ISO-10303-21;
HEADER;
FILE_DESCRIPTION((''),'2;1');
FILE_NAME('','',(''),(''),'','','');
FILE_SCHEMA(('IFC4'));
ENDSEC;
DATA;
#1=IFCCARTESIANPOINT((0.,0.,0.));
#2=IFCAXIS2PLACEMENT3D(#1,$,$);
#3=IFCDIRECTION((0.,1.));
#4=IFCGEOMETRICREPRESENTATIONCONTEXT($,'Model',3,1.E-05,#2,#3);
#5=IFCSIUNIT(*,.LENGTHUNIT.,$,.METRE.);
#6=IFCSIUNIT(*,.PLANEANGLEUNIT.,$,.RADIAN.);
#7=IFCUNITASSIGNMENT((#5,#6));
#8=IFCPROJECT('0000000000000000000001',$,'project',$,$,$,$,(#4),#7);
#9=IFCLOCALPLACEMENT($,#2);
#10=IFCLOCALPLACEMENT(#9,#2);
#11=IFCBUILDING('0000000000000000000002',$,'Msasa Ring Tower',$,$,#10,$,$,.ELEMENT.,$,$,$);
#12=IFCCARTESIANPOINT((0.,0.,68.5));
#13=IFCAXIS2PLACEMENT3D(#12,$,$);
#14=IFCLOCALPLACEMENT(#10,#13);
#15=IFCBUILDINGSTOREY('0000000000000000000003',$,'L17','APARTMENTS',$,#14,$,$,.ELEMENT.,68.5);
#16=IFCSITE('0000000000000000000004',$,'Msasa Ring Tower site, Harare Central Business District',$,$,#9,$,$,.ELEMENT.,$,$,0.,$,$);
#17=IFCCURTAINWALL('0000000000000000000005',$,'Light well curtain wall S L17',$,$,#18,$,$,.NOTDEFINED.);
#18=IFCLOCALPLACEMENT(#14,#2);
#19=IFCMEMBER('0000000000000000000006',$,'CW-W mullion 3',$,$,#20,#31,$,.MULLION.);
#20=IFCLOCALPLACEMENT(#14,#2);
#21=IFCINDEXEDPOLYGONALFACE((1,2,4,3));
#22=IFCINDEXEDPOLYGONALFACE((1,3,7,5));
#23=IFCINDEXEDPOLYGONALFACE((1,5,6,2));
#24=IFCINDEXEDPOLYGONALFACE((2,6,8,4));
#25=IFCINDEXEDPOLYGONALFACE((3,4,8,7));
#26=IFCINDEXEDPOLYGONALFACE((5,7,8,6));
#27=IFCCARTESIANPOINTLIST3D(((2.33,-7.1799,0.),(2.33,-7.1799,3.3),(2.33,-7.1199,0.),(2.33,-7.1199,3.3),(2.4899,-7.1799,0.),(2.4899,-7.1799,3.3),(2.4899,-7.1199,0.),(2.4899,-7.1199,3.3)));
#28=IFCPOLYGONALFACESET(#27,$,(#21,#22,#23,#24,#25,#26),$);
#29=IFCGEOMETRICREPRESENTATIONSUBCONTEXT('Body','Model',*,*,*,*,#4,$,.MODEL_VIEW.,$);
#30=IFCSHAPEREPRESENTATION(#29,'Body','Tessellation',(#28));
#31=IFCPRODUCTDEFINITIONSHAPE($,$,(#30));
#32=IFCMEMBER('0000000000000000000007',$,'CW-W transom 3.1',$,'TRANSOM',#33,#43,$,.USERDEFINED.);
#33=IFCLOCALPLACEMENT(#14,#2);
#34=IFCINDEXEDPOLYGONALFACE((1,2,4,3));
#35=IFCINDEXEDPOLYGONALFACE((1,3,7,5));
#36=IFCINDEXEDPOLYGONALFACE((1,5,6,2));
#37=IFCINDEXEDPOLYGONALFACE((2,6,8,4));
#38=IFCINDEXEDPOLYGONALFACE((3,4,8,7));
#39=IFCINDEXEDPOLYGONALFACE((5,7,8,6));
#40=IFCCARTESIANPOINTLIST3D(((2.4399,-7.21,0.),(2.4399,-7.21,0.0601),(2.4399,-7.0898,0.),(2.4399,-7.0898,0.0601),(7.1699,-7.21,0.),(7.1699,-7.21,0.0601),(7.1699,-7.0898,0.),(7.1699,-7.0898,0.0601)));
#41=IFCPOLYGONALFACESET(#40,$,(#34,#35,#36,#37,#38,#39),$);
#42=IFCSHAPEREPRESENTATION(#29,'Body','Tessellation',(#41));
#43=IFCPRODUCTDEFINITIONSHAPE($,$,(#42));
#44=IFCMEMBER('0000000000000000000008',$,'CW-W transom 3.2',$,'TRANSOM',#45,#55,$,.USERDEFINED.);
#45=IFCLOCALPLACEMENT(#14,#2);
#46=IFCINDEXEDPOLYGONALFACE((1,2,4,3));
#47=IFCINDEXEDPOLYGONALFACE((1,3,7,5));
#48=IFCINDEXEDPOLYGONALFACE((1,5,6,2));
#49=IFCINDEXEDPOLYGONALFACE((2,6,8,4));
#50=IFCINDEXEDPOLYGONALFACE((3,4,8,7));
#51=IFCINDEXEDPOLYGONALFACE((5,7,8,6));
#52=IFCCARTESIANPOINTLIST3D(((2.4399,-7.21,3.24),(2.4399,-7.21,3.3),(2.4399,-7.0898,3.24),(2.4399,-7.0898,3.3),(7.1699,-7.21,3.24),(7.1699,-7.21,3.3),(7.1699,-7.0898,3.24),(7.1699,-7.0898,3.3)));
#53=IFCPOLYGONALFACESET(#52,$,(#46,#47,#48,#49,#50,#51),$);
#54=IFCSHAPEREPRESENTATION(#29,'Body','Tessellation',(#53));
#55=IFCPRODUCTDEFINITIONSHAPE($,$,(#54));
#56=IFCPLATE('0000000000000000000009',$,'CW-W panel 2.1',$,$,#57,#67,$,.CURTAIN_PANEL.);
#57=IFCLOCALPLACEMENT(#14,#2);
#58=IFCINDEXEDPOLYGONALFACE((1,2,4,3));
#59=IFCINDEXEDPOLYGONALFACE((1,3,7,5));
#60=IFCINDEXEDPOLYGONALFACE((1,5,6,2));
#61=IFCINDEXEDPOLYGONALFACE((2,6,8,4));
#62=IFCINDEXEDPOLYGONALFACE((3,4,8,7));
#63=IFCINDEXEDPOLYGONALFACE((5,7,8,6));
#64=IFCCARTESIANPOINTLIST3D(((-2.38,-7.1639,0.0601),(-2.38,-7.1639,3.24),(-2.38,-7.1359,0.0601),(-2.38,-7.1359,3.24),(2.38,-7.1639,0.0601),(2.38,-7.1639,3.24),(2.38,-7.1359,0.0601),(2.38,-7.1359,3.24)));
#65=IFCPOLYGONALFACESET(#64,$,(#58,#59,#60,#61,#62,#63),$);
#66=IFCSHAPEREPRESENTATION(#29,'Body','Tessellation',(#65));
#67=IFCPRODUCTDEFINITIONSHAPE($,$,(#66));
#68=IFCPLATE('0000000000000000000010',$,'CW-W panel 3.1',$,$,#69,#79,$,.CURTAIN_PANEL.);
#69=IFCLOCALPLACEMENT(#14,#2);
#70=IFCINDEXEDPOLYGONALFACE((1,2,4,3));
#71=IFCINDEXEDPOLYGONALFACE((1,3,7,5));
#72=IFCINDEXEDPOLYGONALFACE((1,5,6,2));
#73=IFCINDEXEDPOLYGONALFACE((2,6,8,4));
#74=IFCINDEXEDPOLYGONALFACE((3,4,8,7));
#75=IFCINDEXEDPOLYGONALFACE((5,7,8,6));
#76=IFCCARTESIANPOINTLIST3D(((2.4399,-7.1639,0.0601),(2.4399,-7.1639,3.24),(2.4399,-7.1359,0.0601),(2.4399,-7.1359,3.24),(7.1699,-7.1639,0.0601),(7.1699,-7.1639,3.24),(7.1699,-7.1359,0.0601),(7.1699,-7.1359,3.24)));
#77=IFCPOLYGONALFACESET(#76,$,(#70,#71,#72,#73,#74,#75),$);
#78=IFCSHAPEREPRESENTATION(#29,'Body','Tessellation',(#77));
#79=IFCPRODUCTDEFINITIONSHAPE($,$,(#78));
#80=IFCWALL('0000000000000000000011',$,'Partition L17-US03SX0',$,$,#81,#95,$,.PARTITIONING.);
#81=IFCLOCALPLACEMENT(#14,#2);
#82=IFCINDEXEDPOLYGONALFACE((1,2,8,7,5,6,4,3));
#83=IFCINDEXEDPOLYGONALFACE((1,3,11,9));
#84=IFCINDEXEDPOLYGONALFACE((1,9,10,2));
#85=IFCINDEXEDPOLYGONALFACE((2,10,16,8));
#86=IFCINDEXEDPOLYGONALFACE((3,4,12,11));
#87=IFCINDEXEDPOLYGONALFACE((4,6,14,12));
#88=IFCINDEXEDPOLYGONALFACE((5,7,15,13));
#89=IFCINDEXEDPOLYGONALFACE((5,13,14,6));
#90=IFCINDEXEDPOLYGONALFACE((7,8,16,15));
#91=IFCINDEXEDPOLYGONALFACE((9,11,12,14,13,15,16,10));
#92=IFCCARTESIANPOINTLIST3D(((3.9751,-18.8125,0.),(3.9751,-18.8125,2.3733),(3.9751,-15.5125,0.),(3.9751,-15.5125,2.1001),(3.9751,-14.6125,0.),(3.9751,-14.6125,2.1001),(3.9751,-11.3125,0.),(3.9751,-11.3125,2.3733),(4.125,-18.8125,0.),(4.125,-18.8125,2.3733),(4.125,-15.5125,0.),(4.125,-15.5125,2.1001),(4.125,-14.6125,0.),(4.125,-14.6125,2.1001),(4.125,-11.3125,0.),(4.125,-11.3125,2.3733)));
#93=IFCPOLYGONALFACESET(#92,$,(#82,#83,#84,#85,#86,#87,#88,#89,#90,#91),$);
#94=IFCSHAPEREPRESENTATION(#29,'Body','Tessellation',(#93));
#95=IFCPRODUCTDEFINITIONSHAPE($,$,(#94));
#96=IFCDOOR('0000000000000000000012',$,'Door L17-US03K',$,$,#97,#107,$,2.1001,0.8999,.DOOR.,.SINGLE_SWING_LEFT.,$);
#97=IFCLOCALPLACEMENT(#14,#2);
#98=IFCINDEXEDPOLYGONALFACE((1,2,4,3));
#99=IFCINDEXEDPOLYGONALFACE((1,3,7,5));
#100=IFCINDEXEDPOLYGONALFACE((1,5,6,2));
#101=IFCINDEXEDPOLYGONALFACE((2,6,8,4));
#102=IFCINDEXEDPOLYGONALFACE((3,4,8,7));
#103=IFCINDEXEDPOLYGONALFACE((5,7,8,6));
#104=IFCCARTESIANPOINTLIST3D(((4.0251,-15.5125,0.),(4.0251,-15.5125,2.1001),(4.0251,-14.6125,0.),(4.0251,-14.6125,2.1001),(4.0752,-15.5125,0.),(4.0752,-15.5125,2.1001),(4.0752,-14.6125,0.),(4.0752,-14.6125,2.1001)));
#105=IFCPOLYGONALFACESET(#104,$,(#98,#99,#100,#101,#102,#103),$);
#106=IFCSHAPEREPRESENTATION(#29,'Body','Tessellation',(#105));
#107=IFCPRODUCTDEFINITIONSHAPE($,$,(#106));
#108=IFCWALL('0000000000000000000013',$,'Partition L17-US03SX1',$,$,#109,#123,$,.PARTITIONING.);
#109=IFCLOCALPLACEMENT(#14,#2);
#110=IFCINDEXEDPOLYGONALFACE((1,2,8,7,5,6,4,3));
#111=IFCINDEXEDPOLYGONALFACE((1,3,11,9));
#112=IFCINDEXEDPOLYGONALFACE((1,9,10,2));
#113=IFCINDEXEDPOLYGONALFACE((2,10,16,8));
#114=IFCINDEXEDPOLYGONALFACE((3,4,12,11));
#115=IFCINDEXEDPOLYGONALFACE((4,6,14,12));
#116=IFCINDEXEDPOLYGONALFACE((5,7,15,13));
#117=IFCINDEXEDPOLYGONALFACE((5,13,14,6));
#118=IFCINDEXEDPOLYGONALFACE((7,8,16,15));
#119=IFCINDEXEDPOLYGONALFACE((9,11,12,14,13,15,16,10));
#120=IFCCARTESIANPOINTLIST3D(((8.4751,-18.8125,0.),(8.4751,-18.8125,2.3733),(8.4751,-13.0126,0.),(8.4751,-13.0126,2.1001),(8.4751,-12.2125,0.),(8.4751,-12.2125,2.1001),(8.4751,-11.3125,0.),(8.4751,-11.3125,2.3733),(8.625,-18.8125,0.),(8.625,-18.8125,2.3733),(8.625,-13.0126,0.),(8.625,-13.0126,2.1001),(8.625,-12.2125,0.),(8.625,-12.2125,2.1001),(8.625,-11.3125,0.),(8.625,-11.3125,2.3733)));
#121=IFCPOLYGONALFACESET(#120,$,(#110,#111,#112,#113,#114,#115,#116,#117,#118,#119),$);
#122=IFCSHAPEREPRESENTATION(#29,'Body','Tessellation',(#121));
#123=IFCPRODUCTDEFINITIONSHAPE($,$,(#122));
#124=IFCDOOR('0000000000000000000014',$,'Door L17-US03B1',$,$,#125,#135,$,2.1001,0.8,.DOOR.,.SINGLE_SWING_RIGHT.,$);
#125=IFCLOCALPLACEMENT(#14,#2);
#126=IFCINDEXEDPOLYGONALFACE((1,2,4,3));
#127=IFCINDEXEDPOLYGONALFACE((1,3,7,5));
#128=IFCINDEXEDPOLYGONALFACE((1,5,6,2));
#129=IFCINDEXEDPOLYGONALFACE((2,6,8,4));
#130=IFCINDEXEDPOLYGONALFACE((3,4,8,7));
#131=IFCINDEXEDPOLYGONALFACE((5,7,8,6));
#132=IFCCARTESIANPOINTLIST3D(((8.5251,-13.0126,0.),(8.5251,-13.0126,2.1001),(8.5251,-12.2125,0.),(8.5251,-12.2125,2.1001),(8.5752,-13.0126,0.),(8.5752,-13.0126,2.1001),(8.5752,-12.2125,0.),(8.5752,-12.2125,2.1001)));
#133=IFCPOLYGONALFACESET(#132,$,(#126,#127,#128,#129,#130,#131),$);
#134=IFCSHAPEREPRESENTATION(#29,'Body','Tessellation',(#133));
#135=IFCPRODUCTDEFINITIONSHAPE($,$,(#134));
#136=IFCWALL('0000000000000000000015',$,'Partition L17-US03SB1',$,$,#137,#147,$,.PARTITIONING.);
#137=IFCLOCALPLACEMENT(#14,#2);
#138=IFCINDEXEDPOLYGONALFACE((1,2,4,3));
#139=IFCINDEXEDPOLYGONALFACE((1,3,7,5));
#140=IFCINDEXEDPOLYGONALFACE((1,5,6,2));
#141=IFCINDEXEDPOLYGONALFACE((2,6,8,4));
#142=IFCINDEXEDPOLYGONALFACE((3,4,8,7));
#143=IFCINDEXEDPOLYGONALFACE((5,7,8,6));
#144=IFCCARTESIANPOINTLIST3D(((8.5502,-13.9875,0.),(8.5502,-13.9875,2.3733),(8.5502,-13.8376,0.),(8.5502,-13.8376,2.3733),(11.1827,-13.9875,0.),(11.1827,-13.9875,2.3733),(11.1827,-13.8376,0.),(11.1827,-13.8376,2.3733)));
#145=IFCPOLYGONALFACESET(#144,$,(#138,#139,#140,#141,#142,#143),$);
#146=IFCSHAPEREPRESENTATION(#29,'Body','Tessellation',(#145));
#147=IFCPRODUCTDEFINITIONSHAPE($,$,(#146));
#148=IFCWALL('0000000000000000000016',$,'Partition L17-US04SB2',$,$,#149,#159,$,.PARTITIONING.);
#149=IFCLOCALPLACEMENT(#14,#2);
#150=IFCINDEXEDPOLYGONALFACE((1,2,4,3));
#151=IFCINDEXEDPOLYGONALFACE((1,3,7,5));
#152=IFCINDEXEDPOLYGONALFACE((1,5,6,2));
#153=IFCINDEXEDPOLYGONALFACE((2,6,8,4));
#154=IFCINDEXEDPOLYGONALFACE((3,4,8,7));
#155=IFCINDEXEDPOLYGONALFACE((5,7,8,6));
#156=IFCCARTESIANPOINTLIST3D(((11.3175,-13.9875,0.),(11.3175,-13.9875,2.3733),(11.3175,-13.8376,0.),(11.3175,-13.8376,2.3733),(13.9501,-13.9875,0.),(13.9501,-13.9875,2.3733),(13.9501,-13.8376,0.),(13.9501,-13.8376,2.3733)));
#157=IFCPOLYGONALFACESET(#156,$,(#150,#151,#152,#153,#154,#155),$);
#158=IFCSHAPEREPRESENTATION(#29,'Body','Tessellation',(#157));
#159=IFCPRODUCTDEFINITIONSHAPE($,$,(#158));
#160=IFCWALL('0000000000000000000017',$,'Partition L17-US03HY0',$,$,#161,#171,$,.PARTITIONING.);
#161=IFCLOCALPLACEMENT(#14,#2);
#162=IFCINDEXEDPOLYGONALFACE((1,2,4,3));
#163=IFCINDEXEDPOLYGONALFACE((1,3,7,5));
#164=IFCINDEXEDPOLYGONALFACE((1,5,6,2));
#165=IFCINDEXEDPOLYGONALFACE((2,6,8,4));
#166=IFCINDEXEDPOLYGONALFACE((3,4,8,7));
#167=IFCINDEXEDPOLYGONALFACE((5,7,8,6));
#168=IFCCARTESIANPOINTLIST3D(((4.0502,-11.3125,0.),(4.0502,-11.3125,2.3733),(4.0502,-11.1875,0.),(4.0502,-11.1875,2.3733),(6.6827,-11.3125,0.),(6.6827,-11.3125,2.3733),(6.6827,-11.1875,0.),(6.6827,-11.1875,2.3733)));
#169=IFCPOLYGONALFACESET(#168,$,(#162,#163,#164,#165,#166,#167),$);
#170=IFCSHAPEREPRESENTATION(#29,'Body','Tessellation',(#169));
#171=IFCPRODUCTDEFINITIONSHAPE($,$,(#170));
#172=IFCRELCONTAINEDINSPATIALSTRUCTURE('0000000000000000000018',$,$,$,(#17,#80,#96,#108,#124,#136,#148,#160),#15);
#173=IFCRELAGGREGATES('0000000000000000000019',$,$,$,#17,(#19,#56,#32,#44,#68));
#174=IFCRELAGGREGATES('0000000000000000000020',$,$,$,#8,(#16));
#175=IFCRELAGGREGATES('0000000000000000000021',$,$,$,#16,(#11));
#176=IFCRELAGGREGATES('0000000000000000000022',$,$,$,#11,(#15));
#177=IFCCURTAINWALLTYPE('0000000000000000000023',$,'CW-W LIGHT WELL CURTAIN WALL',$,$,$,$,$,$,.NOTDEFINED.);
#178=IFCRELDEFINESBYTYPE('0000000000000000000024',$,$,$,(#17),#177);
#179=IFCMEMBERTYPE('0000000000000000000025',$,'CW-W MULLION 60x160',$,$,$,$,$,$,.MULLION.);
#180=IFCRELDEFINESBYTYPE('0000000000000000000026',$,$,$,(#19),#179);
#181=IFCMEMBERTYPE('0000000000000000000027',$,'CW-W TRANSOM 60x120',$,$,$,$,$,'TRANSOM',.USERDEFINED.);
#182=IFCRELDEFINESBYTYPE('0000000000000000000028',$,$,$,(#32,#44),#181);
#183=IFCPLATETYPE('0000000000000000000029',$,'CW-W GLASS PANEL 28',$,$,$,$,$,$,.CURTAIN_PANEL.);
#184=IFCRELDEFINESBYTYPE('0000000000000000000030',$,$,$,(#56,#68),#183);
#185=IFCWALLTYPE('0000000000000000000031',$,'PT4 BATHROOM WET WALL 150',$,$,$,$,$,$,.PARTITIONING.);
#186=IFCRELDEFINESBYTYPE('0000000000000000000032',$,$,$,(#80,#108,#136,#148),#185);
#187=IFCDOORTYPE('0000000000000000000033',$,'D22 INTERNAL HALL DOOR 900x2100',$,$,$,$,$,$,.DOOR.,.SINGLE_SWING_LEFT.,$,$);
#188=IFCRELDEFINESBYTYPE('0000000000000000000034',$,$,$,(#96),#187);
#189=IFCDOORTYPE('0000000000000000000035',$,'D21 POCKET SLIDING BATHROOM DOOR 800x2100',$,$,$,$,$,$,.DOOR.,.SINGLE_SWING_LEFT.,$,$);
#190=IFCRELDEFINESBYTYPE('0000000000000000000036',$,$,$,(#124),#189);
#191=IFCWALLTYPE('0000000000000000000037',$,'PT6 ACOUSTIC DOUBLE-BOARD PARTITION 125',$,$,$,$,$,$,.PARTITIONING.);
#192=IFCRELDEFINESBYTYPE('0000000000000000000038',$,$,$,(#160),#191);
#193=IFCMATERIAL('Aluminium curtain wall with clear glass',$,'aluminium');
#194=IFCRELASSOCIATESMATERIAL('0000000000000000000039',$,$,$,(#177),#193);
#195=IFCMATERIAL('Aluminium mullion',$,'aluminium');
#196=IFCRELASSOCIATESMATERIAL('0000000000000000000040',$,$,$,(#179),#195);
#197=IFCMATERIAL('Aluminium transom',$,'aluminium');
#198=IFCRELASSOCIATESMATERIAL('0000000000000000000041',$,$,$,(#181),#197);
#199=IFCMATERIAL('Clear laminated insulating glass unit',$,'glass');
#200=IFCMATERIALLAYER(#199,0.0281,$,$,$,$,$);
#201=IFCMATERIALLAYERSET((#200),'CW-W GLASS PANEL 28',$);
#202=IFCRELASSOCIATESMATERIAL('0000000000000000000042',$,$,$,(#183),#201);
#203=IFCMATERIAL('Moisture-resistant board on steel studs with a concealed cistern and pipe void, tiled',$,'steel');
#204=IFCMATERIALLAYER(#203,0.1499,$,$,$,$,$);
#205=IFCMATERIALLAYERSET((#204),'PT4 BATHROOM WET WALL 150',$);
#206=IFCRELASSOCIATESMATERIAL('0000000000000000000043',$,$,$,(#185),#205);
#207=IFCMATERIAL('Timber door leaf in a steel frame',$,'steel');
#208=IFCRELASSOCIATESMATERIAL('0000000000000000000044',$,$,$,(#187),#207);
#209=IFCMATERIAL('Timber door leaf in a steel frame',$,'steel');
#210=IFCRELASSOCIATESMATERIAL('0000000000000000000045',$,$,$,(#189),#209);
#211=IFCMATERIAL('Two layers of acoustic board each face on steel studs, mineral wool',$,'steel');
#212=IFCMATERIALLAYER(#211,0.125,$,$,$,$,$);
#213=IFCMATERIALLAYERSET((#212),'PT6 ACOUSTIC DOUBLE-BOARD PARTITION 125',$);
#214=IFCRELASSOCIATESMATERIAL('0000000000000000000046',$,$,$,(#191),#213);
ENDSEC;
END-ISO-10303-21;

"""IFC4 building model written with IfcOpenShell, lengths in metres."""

from ifc_helpers import new_model, si_unit, direction, frame, frame_2d, origin, origin_2d, place, context, subcontext, project, spatial, rectangle, extrude, material, layer, layer_set, material_profile, profile_set, type_object, element, fill, aggregate, save


model = new_model("IFC4")

# Units and contexts
model_context = context("Model", 3, precision=1e-05, world=origin(), true_north=direction((0.0, 1.0)))
body_context = subcontext(model_context, "Body", "Model", "MODEL_VIEW")
ifc_project = project(units=[si_unit("LENGTHUNIT", "METRE"), si_unit("PLANEANGLEUNIT", "RADIAN")], contexts=[model_context])

# Site, building, storey
site_placement = place(None, origin())
site = spatial("IfcSite", under=ifc_project, at=site_placement, Name="Msasa Ring Tower site, Harare Central Business District", CompositionType="ELEMENT", RefElevation=0.0)
building_placement = place(site_placement, origin())
building = spatial("IfcBuilding", under=site, at=building_placement, Name="Msasa Ring Tower", CompositionType="ELEMENT")
storey_placement = place(building_placement, frame((0.0, 0.0, 68.5)))
storey = spatial("IfcBuildingStorey", under=building, at=storey_placement, Name="L17", Description="APARTMENTS", CompositionType="ELEMENT", Elevation=68.5)

# Curtain wall, members, plates
ifc_material_1 = material(Name="Aluminium curtain wall with clear glass", Category="aluminium")
curtain_wall_type = type_object("IfcCurtainWallType", Name="CW-W LIGHT WELL CURTAIN WALL", PredefinedType="NOTDEFINED", material=ifc_material_1)
curtain_wall_placement = place(storey_placement, origin())
curtain_wall = element("IfcCurtainWall", 1, at=curtain_wall_placement, inside=storey, type_object=curtain_wall_type, Name="Light well curtain wall S L17", PredefinedType="NOTDEFINED")
ifc_material_2 = material(Name="Aluminium mullion", Category="aluminium")
ifc_material_profile_1 = material_profile(ifc_material_2, rectangle(XDim=0.0601, YDim=0.1599, at=origin_2d()), Name="AL 60x160")
ifc_profile_set_1 = profile_set([ifc_material_profile_1], Name="Aluminium mullion")
member_type_1 = type_object("IfcMemberType", Name="CW-W MULLION 60x160", PredefinedType="MULLION", material=ifc_profile_set_1)
member_1_placement = place(storey_placement, frame((2.4099, -7.1499, 0.0), z_axis=(0.0, 0.0, 1.0), x_axis=(0.0, 1.0, 0.0)))
member_1 = element("IfcMember", 2, at=member_1_placement, type_object=member_type_1, Name="CW-W mullion 3", PredefinedType="MULLION", context=body_context, shape_type="SweptSolid", body=[
    extrude(rectangle(XDim=0.0601, YDim=0.1599, at=origin_2d()), origin(), (0.0, 0.0, 1.0), 3.3),
])
ifc_material_3 = material(Name="Aluminium transom", Category="aluminium")
ifc_material_profile_2 = material_profile(ifc_material_3, rectangle(XDim=0.1201, YDim=0.0601, at=origin_2d()), Name="AL 60x120")
ifc_profile_set_2 = profile_set([ifc_material_profile_2], Name="Aluminium transom")
member_type_2 = type_object("IfcMemberType", Name="CW-W TRANSOM 60x120", ElementType="TRANSOM", PredefinedType="USERDEFINED", material=ifc_profile_set_2)
member_2_placement = place(storey_placement, frame((2.4399, -7.1499, 0.03), z_axis=(1.0, 0.0, 0.0), x_axis=(0.0, 1.0, 0.0)))
member_2 = element("IfcMember", 3, at=member_2_placement, type_object=member_type_2, Name="CW-W transom 3.1", ObjectType="TRANSOM", PredefinedType="USERDEFINED", context=body_context, shape_type="SweptSolid", body=[
    extrude(rectangle(XDim=0.1201, YDim=0.0601, at=origin_2d()), origin(), (0.0, 0.0, 1.0), 4.73),
])
member_3_placement = place(storey_placement, frame((2.4399, -7.1499, 3.27), z_axis=(1.0, 0.0, 0.0), x_axis=(0.0, 1.0, 0.0)))
member_3 = element("IfcMember", 4, at=member_3_placement, type_object=member_type_2, Name="CW-W transom 3.2", ObjectType="TRANSOM", PredefinedType="USERDEFINED", context=body_context, shape_type="SweptSolid", body=[
    extrude(rectangle(XDim=0.1201, YDim=0.0601, at=origin_2d()), origin(), (0.0, 0.0, 1.0), 4.73),
])
ifc_material_4 = material(Name="Clear laminated insulating glass unit", Category="glass")
ifc_layer_1 = layer(ifc_material_4, 0.0281)
ifc_layer_set_1 = layer_set([ifc_layer_1], Name="CW-W GLASS PANEL 28")
plate_type = type_object("IfcPlateType", Name="CW-W GLASS PANEL 28", PredefinedType="CURTAIN_PANEL", material=ifc_layer_set_1)
plate_1_placement = place(storey_placement, frame((0.0, -7.1499, 0.0601), z_axis=(0.0, 0.0, 1.0), x_axis=(1.0, 0.0, 0.0)))
plate_1 = element("IfcPlate", 5, at=plate_1_placement, type_object=plate_type, Name="CW-W panel 2.1", PredefinedType="CURTAIN_PANEL", context=body_context, shape_type="SweptSolid", body=[
    extrude(rectangle(XDim=4.76, YDim=0.0281, at=origin_2d()), origin(), (0.0, 0.0, 1.0), 3.1799),
])
plate_2_placement = place(storey_placement, frame((4.8049, -7.1499, 0.0601), z_axis=(0.0, 0.0, 1.0), x_axis=(1.0, 0.0, 0.0)))
plate_2 = element("IfcPlate", 6, at=plate_2_placement, type_object=plate_type, Name="CW-W panel 3.1", PredefinedType="CURTAIN_PANEL", context=body_context, shape_type="SweptSolid", body=[
    extrude(rectangle(XDim=4.73, YDim=0.0281, at=origin_2d()), origin(), (0.0, 0.0, 1.0), 3.1799),
])
aggregate(curtain_wall, [member_1, plate_1, member_2, member_3, plate_2])

# Walls, openings, doors
ifc_material_5 = material(Name="Moisture-resistant board on steel studs with a concealed cistern and pipe void, tiled", Category="steel")
ifc_layer_2 = layer(ifc_material_5, 0.1499)
ifc_layer_set_2 = layer_set([ifc_layer_2], Name="PT4 BATHROOM WET WALL 150")
wall_type_1 = type_object("IfcWallType", Name="PT4 BATHROOM WET WALL 150", PredefinedType="PARTITIONING", material=ifc_layer_set_2)
wall_1_placement = place(storey_placement, frame((4.05, -18.8125, 0.0), z_axis=(0.0, 0.0, 1.0), x_axis=(0.0, 1.0, 0.0)))
wall_1 = element("IfcWall", 7, at=wall_1_placement, inside=storey, type_object=wall_type_1, Name="Partition L17-US03SX0", PredefinedType="PARTITIONING", context=body_context, shape_type="SweptSolid", body=[
    extrude(rectangle(XDim=7.5, YDim=0.1499, at=frame_2d((3.75, 0.0))), origin(), (0.0, 0.0, 1.0), 2.3733),
])
opening_1_placement = place(wall_1_placement, frame((3.3, 0.0, 0.0)))
opening_1 = element("IfcOpeningElement", 8, at=opening_1_placement, cuts=wall_1, PredefinedType="OPENING", context=body_context, shape_type="SweptSolid", body=[
    extrude(rectangle(XDim=0.8999, YDim=2.1001, at=frame_2d((0.45, 1.05))), frame((0.0, 0.085, 0.0), z_axis=(0.0, -1.0, 0.0), x_axis=(1.0, 0.0, 0.0)), (0.0, 0.0, 1.0), 0.1699),
])
ifc_material_6 = material(Name="Timber door leaf in a steel frame", Category="steel")
door_type_1 = type_object("IfcDoorType", Name="D22 INTERNAL HALL DOOR 900x2100", OperationType="SINGLE_SWING_LEFT", PredefinedType="DOOR", material=ifc_material_6)
door_1_placement = place(opening_1_placement, origin())
door_1 = element("IfcDoor", 9, at=door_1_placement, inside=storey, type_object=door_type_1, Name="Door L17-US03K", OperationType="SINGLE_SWING_LEFT", OverallHeight=2.1001, OverallWidth=0.8999, PredefinedType="DOOR", context=body_context, shape_type="SweptSolid", body=[
    extrude(rectangle(XDim=0.8999, YDim=2.1001, at=frame_2d((0.45, 1.05))), frame((0.0, 0.0249, 0.0), z_axis=(0.0, -1.0, 0.0), x_axis=(1.0, 0.0, 0.0)), (0.0, 0.0, 1.0), 0.05),
])
fill(opening_1, door_1)
wall_2_placement = place(storey_placement, frame((8.55, -18.8125, 0.0), z_axis=(0.0, 0.0, 1.0), x_axis=(0.0, 1.0, 0.0)))
wall_2 = element("IfcWall", 10, at=wall_2_placement, inside=storey, type_object=wall_type_1, Name="Partition L17-US03SX1", PredefinedType="PARTITIONING", context=body_context, shape_type="SweptSolid", body=[
    extrude(rectangle(XDim=7.5, YDim=0.1499, at=frame_2d((3.75, 0.0))), origin(), (0.0, 0.0, 1.0), 2.3733),
])
opening_2_placement = place(wall_2_placement, frame((5.8, 0.0, 0.0)))
opening_2 = element("IfcOpeningElement", 11, at=opening_2_placement, cuts=wall_2, PredefinedType="OPENING", context=body_context, shape_type="SweptSolid", body=[
    extrude(rectangle(XDim=0.8, YDim=2.1001, at=frame_2d((0.3999, 1.05))), frame((0.0, 0.085, 0.0), z_axis=(0.0, -1.0, 0.0), x_axis=(1.0, 0.0, 0.0)), (0.0, 0.0, 1.0), 0.1699),
])
ifc_material_7 = material(Name="Timber door leaf in a steel frame", Category="steel")
door_type_2 = type_object("IfcDoorType", Name="D21 POCKET SLIDING BATHROOM DOOR 800x2100", OperationType="SINGLE_SWING_LEFT", PredefinedType="DOOR", material=ifc_material_7)
door_2_placement = place(opening_2_placement, origin())
door_2 = element("IfcDoor", 12, at=door_2_placement, inside=storey, type_object=door_type_2, Name="Door L17-US03B1", OperationType="SINGLE_SWING_RIGHT", OverallHeight=2.1001, OverallWidth=0.8, PredefinedType="DOOR", context=body_context, shape_type="SweptSolid", body=[
    extrude(rectangle(XDim=0.8, YDim=2.1001, at=frame_2d((0.3999, 1.05))), frame((0.0, 0.0249, 0.0), z_axis=(0.0, -1.0, 0.0), x_axis=(1.0, 0.0, 0.0)), (0.0, 0.0, 1.0), 0.05),
])
fill(opening_2, door_2)

# Walls
for number, where, z_axis, x_axis, name in (
    (13, (8.55, -13.9126, 0.0), (0.0, 0.0, 1.0), (1.0, 0.0, 0.0), "Partition L17-US03SB1"),
    (14, (11.3174, -13.9126, 0.0), (0.0, 0.0, 1.0), (1.0, 0.0, 0.0), "Partition L17-US04SB2"),
):
    element("IfcWall", number, at=place(storey_placement, frame(where, z_axis=z_axis, x_axis=x_axis)), inside=storey, type_object=wall_type_1, Name=name, PredefinedType="PARTITIONING", context=body_context, shape_type="SweptSolid", body=[
        extrude(rectangle(XDim=2.6326, YDim=0.1499, at=frame_2d((1.3164, 0.0))), origin(), (0.0, 0.0, 1.0), 2.3733),
    ])
ifc_material_8 = material(Name="Two layers of acoustic board each face on steel studs, mineral wool", Category="steel")
ifc_layer_3 = layer(ifc_material_8, 0.125)
ifc_layer_set_3 = layer_set([ifc_layer_3], Name="PT6 ACOUSTIC DOUBLE-BOARD PARTITION 125")
wall_type_2 = type_object("IfcWallType", Name="PT6 ACOUSTIC DOUBLE-BOARD PARTITION 125", PredefinedType="PARTITIONING", material=ifc_layer_set_3)
wall_3_placement = place(storey_placement, frame((4.05, -11.25, 0.0), z_axis=(0.0, 0.0, 1.0), x_axis=(1.0, 0.0, 0.0)))
element("IfcWall", 15, at=wall_3_placement, inside=storey, type_object=wall_type_2, Name="Partition L17-US03HY0", PredefinedType="PARTITIONING", context=body_context, shape_type="SweptSolid", body=[
    extrude(rectangle(XDim=2.6326, YDim=0.125, at=frame_2d((1.3164, 0.0))), origin(), (0.0, 0.0, 1.0), 2.3733),
])

save(model, "model.ifc")
